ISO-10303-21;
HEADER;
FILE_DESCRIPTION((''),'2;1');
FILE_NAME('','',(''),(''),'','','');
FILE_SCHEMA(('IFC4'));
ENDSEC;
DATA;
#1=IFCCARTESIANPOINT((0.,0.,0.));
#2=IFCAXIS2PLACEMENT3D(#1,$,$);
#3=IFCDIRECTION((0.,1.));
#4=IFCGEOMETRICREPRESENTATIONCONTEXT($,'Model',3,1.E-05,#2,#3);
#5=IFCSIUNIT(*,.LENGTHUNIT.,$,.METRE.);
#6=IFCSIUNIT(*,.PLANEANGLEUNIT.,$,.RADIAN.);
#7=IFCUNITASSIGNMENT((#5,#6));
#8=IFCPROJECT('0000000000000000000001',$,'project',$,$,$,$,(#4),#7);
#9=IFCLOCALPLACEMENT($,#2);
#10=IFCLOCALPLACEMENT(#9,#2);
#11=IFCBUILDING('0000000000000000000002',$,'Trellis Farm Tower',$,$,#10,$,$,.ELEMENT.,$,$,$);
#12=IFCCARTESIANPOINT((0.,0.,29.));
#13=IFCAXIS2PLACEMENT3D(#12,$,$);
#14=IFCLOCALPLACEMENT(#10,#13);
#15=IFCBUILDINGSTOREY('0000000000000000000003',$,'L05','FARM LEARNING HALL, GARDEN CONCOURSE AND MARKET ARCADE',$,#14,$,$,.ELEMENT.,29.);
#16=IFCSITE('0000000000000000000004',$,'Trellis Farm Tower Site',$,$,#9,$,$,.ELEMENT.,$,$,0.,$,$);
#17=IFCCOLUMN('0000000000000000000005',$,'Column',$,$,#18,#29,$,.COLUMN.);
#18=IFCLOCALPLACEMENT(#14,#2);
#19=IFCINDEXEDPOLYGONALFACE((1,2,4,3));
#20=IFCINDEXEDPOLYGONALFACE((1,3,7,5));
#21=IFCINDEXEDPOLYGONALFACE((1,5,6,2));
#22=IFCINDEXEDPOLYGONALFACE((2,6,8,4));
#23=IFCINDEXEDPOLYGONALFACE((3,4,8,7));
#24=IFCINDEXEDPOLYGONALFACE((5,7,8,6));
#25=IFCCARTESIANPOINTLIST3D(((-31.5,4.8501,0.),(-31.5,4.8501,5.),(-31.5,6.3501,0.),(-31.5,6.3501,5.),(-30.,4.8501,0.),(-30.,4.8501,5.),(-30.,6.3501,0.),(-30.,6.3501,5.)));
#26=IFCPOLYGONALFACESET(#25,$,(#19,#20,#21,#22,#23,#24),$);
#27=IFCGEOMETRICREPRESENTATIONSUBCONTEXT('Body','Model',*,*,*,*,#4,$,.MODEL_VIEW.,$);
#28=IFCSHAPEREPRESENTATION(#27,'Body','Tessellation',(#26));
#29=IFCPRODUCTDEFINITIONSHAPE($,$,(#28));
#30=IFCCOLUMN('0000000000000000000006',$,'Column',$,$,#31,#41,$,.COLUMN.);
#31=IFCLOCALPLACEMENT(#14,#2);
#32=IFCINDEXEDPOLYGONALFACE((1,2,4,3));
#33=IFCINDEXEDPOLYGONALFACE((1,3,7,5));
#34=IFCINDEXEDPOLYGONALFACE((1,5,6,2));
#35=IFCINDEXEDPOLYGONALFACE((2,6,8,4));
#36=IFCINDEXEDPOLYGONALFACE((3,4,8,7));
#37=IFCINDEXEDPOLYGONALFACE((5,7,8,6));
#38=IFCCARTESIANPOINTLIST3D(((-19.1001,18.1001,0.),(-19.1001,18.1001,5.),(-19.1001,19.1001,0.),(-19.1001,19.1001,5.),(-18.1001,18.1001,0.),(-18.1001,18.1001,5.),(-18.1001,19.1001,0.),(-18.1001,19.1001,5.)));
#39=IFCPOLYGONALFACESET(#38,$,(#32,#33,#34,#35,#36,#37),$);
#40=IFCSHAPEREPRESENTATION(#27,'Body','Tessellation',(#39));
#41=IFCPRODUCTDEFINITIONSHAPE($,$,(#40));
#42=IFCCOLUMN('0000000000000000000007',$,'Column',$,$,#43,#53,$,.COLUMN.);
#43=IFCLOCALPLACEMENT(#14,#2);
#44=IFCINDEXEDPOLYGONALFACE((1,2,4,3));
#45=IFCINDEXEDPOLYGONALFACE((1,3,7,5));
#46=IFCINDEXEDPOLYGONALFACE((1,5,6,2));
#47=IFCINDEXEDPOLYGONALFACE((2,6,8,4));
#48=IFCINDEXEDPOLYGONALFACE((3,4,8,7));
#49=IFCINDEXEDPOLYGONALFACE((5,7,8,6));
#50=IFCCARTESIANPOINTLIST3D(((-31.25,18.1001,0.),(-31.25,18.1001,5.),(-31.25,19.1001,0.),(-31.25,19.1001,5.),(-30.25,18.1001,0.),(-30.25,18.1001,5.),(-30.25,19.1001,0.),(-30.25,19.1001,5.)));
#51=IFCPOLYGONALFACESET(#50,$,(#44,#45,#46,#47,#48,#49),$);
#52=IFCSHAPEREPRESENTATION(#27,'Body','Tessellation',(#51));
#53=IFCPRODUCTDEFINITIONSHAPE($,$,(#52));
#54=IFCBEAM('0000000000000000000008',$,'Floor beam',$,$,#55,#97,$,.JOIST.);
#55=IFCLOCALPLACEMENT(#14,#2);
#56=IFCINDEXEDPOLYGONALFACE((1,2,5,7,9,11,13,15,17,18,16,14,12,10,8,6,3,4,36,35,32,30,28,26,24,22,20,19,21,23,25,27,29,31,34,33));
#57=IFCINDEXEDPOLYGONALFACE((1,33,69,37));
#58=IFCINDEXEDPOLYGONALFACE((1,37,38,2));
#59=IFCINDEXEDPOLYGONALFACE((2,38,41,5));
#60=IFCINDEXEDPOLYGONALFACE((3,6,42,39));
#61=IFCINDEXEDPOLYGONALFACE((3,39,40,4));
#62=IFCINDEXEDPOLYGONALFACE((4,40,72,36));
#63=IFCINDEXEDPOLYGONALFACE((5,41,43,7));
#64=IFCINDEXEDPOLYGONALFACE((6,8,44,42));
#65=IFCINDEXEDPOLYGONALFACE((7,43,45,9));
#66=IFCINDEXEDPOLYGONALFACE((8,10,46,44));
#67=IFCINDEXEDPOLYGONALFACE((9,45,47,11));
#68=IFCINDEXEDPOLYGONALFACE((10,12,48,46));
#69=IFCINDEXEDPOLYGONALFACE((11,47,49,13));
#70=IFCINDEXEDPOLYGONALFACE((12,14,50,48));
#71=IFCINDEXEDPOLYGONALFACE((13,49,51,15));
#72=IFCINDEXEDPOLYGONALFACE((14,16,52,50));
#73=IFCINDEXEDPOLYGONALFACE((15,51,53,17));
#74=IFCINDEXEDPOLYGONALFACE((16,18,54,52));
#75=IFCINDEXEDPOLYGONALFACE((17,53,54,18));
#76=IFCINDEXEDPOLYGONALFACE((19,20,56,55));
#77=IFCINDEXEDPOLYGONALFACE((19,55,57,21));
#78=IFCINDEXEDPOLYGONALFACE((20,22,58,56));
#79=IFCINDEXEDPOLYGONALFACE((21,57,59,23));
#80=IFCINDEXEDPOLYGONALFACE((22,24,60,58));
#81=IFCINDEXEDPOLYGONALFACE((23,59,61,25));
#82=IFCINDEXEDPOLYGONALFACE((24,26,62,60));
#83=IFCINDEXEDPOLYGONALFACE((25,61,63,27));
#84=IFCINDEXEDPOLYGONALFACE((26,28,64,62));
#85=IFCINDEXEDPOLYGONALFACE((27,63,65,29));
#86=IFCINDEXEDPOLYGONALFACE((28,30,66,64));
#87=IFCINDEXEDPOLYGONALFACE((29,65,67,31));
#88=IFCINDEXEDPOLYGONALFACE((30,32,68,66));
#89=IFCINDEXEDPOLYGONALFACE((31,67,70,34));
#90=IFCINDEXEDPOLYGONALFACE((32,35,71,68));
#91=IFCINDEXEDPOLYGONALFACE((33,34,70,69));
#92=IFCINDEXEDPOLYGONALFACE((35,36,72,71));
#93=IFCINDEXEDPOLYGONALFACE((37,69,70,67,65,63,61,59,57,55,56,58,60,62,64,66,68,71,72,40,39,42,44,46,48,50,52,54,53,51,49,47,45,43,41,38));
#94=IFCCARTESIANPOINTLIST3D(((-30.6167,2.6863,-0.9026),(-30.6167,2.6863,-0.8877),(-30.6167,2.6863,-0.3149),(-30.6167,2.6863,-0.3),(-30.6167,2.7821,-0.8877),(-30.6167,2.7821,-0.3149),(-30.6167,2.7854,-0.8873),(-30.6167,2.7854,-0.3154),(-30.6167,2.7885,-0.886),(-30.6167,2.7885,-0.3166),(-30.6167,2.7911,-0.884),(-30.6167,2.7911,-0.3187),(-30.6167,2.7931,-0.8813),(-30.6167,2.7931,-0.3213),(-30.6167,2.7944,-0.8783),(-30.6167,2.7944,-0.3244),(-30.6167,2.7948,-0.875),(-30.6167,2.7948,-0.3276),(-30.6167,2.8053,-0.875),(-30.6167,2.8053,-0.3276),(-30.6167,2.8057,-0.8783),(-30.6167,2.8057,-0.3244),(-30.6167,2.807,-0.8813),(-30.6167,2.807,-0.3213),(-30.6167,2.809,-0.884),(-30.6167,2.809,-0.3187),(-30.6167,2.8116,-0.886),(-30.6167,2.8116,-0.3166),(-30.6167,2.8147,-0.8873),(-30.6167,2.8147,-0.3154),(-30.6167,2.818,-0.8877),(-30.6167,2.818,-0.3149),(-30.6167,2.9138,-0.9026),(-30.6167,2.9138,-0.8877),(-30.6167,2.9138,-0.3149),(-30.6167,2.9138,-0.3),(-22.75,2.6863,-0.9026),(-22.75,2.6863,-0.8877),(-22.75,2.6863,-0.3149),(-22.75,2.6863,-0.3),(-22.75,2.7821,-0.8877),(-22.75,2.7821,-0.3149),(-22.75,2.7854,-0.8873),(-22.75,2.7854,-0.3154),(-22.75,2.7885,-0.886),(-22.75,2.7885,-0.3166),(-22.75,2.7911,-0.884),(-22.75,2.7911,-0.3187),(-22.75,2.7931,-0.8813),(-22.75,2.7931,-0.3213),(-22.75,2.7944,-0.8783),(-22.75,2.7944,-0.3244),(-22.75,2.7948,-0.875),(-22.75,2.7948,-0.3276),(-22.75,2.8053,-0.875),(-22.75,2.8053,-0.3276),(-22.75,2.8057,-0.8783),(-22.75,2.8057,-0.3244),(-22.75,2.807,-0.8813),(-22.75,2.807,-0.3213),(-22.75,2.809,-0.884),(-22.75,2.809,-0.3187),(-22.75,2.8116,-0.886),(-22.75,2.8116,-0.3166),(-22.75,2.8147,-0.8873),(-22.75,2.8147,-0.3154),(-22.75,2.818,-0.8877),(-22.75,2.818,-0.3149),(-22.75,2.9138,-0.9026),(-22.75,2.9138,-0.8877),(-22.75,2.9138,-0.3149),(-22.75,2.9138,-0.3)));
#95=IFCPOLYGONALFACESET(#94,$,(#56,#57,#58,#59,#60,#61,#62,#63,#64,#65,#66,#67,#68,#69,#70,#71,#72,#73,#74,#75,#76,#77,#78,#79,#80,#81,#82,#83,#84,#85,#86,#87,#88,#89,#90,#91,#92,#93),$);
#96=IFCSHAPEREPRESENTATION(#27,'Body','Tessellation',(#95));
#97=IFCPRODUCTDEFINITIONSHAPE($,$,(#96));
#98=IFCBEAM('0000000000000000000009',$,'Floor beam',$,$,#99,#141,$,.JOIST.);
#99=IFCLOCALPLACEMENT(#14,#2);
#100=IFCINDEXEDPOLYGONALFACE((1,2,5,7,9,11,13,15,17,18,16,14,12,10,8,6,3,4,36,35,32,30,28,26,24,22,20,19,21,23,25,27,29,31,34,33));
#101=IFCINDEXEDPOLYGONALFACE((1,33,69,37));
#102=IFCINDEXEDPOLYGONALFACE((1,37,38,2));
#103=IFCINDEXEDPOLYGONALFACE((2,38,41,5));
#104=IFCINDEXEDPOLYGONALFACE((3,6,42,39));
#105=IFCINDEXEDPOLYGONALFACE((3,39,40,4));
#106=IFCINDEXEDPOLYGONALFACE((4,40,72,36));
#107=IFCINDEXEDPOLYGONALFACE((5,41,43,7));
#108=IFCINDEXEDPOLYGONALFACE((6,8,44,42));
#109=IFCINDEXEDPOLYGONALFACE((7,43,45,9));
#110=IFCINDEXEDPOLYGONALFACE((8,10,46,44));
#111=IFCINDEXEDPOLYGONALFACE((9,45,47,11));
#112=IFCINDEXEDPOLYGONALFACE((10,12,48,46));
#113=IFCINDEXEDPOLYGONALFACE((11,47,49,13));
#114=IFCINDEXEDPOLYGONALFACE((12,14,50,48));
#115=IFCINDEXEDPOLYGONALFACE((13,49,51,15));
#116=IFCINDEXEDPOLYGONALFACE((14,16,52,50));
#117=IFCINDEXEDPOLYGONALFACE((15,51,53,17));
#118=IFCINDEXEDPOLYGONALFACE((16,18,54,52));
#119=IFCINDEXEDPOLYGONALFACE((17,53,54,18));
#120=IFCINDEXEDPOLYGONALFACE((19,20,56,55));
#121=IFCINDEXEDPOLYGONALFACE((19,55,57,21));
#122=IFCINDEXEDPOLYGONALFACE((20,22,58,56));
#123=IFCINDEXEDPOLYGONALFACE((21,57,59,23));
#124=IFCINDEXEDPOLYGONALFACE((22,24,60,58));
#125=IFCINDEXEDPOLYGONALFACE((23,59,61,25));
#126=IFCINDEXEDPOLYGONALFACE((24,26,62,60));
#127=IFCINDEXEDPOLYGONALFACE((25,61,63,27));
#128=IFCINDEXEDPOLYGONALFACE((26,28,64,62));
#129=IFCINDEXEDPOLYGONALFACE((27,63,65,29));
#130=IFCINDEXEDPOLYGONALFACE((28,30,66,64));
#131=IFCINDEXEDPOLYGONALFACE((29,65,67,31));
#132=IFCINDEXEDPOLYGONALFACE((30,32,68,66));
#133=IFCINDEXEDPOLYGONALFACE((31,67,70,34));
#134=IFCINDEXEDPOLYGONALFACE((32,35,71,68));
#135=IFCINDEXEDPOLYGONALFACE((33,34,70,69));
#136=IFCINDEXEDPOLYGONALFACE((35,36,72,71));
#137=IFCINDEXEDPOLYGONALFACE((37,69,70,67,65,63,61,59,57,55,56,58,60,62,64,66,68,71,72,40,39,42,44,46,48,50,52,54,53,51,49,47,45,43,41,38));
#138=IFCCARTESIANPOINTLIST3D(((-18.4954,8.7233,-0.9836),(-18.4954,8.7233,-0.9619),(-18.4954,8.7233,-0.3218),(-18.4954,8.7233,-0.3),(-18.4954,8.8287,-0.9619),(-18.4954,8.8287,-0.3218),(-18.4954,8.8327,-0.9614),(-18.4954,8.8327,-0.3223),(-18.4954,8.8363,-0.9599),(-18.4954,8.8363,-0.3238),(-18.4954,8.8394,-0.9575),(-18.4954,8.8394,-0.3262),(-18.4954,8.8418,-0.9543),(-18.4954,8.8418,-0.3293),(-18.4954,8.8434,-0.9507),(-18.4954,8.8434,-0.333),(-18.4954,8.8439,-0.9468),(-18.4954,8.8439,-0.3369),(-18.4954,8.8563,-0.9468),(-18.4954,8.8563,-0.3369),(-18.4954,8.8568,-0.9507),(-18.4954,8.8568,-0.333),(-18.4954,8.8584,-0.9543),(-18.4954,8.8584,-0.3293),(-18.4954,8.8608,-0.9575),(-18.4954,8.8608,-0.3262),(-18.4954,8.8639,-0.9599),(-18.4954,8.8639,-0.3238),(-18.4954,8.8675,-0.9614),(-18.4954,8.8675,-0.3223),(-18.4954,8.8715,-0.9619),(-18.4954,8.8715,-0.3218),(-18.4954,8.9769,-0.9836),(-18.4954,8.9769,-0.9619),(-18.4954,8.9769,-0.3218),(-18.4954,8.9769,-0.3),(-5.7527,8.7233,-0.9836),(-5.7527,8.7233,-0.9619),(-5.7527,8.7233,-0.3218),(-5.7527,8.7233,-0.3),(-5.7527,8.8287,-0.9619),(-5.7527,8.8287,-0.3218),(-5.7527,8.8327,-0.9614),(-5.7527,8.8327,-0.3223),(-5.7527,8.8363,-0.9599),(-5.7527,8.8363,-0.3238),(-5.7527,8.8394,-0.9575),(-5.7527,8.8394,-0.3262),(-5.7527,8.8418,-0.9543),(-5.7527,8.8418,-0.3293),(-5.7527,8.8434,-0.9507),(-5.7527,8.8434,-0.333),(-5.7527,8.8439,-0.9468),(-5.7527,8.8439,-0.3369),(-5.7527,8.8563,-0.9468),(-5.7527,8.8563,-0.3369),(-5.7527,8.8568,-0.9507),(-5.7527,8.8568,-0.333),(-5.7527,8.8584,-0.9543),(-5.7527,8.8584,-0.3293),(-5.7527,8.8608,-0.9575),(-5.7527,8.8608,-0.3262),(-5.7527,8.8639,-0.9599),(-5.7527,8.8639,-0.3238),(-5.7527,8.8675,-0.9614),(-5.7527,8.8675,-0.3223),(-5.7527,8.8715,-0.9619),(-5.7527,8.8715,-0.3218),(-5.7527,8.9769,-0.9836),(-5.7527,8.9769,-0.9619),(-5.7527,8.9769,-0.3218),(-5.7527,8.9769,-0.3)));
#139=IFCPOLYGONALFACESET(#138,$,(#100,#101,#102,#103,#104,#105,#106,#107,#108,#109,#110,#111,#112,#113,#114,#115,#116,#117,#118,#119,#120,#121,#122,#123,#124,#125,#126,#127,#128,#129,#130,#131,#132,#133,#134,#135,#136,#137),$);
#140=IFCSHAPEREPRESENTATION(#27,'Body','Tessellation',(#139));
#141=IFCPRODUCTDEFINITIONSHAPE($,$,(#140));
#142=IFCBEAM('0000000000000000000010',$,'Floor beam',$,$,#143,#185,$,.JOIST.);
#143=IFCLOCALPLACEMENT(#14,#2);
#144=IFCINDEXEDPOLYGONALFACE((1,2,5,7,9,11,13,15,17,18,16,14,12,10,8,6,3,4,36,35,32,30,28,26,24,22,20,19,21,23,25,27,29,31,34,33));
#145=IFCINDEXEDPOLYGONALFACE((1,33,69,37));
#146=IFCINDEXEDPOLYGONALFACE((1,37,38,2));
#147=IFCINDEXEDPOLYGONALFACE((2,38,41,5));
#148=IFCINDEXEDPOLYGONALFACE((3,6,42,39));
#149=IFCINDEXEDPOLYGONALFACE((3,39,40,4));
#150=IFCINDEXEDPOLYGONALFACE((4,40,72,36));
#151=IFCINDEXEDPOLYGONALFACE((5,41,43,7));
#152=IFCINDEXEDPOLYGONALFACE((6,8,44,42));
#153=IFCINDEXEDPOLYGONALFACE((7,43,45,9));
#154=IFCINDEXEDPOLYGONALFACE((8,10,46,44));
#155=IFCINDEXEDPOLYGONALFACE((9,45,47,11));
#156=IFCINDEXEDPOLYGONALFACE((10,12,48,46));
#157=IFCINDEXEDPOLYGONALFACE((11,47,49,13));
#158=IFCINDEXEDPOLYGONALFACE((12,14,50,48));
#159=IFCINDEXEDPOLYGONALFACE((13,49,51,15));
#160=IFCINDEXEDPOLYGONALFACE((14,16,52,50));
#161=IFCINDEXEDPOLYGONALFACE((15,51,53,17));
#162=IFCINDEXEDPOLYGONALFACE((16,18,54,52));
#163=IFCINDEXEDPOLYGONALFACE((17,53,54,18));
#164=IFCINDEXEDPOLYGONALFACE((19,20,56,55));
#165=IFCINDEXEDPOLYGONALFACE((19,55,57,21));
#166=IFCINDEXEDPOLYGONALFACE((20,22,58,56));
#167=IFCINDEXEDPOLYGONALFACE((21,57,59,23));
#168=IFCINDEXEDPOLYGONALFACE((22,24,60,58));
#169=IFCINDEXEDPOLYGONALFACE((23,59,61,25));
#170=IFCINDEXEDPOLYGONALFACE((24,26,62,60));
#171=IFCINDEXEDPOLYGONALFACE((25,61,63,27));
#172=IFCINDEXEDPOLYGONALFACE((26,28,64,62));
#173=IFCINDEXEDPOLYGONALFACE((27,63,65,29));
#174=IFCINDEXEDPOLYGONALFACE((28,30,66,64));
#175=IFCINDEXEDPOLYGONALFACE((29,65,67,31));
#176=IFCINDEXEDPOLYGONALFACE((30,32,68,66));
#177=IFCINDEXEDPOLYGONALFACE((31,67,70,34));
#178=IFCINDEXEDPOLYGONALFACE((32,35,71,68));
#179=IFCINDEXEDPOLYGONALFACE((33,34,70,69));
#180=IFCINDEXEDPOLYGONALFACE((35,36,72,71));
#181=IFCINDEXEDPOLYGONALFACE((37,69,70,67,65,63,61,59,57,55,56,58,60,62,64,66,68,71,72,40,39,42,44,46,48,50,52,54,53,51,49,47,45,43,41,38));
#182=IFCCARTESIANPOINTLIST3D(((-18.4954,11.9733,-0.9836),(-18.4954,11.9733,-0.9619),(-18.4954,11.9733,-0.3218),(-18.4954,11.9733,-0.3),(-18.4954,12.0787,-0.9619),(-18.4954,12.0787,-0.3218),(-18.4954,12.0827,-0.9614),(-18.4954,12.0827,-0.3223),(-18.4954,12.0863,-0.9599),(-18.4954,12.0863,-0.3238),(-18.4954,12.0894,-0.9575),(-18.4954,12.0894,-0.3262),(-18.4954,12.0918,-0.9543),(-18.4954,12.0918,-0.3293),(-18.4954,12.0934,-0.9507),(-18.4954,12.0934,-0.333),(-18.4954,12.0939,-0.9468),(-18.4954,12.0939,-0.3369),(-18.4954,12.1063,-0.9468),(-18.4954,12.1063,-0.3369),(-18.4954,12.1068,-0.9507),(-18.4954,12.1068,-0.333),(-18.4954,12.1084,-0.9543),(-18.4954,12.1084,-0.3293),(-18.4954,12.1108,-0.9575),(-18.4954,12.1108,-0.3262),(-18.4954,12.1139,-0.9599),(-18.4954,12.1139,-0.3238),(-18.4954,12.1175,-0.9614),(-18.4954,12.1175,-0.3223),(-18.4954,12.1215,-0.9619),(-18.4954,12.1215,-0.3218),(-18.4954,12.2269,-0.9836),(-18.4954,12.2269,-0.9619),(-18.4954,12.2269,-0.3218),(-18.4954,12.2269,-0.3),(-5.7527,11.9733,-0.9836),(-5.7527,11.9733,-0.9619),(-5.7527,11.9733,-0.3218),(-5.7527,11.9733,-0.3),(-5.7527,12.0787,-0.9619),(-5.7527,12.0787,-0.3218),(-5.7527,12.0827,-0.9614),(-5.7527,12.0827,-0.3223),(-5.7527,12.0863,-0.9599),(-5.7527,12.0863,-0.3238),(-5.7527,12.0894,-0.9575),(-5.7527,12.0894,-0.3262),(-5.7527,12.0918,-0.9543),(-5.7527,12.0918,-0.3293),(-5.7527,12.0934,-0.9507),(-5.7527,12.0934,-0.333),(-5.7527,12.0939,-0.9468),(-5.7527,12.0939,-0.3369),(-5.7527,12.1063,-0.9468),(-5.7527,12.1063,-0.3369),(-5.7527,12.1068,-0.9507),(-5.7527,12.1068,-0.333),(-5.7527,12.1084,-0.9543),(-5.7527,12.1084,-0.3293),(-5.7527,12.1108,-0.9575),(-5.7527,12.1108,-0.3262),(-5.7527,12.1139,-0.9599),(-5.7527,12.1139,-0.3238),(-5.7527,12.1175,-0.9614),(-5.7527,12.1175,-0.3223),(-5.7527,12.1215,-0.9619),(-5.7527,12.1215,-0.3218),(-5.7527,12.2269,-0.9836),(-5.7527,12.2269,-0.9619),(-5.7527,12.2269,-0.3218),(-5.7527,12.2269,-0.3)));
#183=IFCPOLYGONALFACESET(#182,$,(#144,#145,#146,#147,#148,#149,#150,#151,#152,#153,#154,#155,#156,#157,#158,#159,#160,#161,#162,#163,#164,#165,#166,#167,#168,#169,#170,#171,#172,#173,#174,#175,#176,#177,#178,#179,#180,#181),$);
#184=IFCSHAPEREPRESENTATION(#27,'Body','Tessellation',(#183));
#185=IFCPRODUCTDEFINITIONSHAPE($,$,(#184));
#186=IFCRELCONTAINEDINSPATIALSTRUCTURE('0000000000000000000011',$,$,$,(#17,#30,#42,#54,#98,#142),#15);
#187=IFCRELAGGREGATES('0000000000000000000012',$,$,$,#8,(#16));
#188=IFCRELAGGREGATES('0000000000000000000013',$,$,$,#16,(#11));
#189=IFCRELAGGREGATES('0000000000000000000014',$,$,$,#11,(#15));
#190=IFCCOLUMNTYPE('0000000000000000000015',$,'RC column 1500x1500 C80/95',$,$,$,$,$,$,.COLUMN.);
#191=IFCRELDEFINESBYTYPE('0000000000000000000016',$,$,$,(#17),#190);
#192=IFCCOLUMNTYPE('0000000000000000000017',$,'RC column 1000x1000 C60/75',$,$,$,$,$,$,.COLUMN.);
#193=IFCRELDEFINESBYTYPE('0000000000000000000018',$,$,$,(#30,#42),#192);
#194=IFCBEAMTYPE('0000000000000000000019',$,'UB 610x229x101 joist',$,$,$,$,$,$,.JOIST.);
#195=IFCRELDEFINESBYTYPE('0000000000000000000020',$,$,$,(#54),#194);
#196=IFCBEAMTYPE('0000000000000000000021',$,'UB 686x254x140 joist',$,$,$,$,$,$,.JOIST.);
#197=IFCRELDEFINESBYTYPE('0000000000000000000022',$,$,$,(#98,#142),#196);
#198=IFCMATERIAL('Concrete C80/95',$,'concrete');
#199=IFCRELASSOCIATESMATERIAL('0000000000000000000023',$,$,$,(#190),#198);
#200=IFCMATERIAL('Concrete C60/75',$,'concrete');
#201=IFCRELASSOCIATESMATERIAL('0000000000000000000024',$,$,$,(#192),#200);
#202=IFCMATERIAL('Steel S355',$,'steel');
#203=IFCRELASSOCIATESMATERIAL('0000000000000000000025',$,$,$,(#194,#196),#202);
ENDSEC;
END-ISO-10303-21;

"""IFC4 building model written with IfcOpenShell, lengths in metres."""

from ifc_helpers import new_model, si_unit, direction, frame, origin, origin_2d, place, context, subcontext, project, spatial, rectangle, i_section, extrude, source, transform, mapped, material, material_profile, profile_set, type_object, element, save


model = new_model("IFC4")

# Units and contexts
model_context = context("Model", 3, precision=1e-05, world=origin(), true_north=direction((0.0, 1.0)))
body_context = subcontext(model_context, "Body", "Model", "MODEL_VIEW")
ifc_project = project(units=[si_unit("LENGTHUNIT", "METRE"), si_unit("PLANEANGLEUNIT", "RADIAN")], contexts=[model_context])

# Site, building, storey
site_placement = place(None, origin())
site = spatial("IfcSite", under=ifc_project, at=site_placement, Name="Trellis Farm Tower Site", CompositionType="ELEMENT", RefElevation=0.0)
building_placement = place(site_placement, origin())
building = spatial("IfcBuilding", under=site, at=building_placement, Name="Trellis Farm Tower", CompositionType="ELEMENT")
storey_placement = place(building_placement, frame((0.0, 0.0, 29.0)))
storey = spatial("IfcBuildingStorey", under=building, at=storey_placement, Name="L05", Description="FARM LEARNING HALL, GARDEN CONCOURSE AND MARKET ARCADE", CompositionType="ELEMENT", Elevation=29.0)

# Columns
ifc_material_1 = material(Name="Concrete C80/95", Category="concrete")
ifc_material_profile_1 = material_profile(ifc_material_1, rectangle(XDim=1.5, YDim=1.5, at=origin_2d()), Name="RC column 1500x1500 C80/95")
ifc_profile_set_1 = profile_set([ifc_material_profile_1], Name="Concrete C80/95")
column_type_1 = type_object("IfcColumnType", Name="RC column 1500x1500 C80/95", PredefinedType="COLUMN", material=ifc_profile_set_1)
shared_shape_1 = source(origin(), body_context, "Body", "SweptSolid", [
    extrude(rectangle(XDim=1.5, YDim=1.5, at=origin_2d()), origin(), (0.0, 0.0, 1.0), 5.0),
])
column_placement = place(storey_placement, frame((-30.75, 5.6001, 0.0), z_axis=(0.0, 0.0, 1.0), x_axis=(1.0, 0.0, 0.0)))
element("IfcColumn", 1, at=column_placement, inside=storey, type_object=column_type_1, Name="Column", PredefinedType="COLUMN", context=body_context, shape_type="MappedRepresentation", body=[
    mapped(shared_shape_1, transform((0.0, 0.0, 0.0))),
])
ifc_material_2 = material(Name="Concrete C60/75", Category="concrete")
ifc_material_profile_2 = material_profile(ifc_material_2, rectangle(XDim=1.0, YDim=1.0, at=origin_2d()), Name="RC column 1000x1000 C60/75")
ifc_profile_set_2 = profile_set([ifc_material_profile_2], Name="Concrete C60/75")
column_type_2 = type_object("IfcColumnType", Name="RC column 1000x1000 C60/75", PredefinedType="COLUMN", material=ifc_profile_set_2)
shared_shape_2 = source(origin(), body_context, "Body", "SweptSolid", [
    extrude(rectangle(XDim=1.0, YDim=1.0, at=origin_2d()), origin(), (0.0, 0.0, 1.0), 5.0),
])
for number, where, z_axis, x_axis, name in (
    (2, (-18.6001, 18.6001, 0.0), (0.0, 0.0, 1.0), (1.0, 0.0, 0.0), "Column"),
    (3, (-30.75, 18.6001, 0.0), (0.0, 0.0, 1.0), (1.0, 0.0, 0.0), "Column"),
):
    element("IfcColumn", number, at=place(storey_placement, frame(where, z_axis=z_axis, x_axis=x_axis)), inside=storey, type_object=column_type_2, Name=name, PredefinedType="COLUMN", context=body_context, shape_type="MappedRepresentation", body=[
        mapped(shared_shape_2, transform((0.0, 0.0, 0.0))),
    ])

# Beams
ifc_material_3 = material(Name="Steel S355", Category="steel")
ifc_material_profile_3 = material_profile(ifc_material_3, i_section(OverallWidth=0.2275, OverallDepth=0.6025, WebThickness=0.0105, FlangeThickness=0.0149, FilletRadius=0.0127, at=origin_2d()), Name="UB 610x229x101")
ifc_profile_set_3 = profile_set([ifc_material_profile_3], Name="Steel S355")
beam_type_1 = type_object("IfcBeamType", Name="UB 610x229x101 joist", PredefinedType="JOIST", material=ifc_profile_set_3)
shared_shape_3 = source(origin(), body_context, "Body", "SweptSolid", [
    extrude(i_section(OverallWidth=0.2275, OverallDepth=0.6025, WebThickness=0.0105, FlangeThickness=0.0149, FilletRadius=0.0127, at=origin_2d()), origin(), (0.0, 0.0, 1.0), 7.8667),
])
beam_1_placement = place(storey_placement, frame((-30.6167, 2.8, -0.6013), z_axis=(1.0, 0.0, 0.0), x_axis=(0.0, 1.0, 0.0)))
element("IfcBeam", 4, at=beam_1_placement, inside=storey, type_object=beam_type_1, Name="Floor beam", PredefinedType="JOIST", context=body_context, shape_type="MappedRepresentation", body=[
    mapped(shared_shape_3, transform((0.0, 0.0, 0.0))),
])
ifc_material_profile_4 = material_profile(ifc_material_3, i_section(OverallWidth=0.2537, OverallDepth=0.6836, WebThickness=0.0125, FlangeThickness=0.0217, FilletRadius=0.0151, at=origin_2d()), Name="UB 686x254x140")
ifc_profile_set_4 = profile_set([ifc_material_profile_4], Name="Steel S355")
beam_type_2 = type_object("IfcBeamType", Name="UB 686x254x140 joist", PredefinedType="JOIST", material=ifc_profile_set_4)
shared_shape_4 = source(origin(), body_context, "Body", "SweptSolid", [
    extrude(i_section(OverallWidth=0.2537, OverallDepth=0.6836, WebThickness=0.0125, FlangeThickness=0.0217, FilletRadius=0.0151, at=origin_2d()), origin(), (0.0, 0.0, 1.0), 12.7427),
])
for number, where, z_axis, x_axis, name in (
    (5, (-18.4954, 8.8501, -0.6418), (1.0, 0.0, 0.0), (0.0, 1.0, 0.0), "Floor beam"),
    (6, (-18.4954, 12.1001, -0.6418), (1.0, 0.0, 0.0), (0.0, 1.0, 0.0), "Floor beam"),
):
    element("IfcBeam", number, at=place(storey_placement, frame(where, z_axis=z_axis, x_axis=x_axis)), inside=storey, type_object=beam_type_2, Name=name, PredefinedType="JOIST", context=body_context, shape_type="MappedRepresentation", body=[
        mapped(shared_shape_4, transform((0.0, 0.0, 0.0))),
    ])

save(model, "model.ifc")
